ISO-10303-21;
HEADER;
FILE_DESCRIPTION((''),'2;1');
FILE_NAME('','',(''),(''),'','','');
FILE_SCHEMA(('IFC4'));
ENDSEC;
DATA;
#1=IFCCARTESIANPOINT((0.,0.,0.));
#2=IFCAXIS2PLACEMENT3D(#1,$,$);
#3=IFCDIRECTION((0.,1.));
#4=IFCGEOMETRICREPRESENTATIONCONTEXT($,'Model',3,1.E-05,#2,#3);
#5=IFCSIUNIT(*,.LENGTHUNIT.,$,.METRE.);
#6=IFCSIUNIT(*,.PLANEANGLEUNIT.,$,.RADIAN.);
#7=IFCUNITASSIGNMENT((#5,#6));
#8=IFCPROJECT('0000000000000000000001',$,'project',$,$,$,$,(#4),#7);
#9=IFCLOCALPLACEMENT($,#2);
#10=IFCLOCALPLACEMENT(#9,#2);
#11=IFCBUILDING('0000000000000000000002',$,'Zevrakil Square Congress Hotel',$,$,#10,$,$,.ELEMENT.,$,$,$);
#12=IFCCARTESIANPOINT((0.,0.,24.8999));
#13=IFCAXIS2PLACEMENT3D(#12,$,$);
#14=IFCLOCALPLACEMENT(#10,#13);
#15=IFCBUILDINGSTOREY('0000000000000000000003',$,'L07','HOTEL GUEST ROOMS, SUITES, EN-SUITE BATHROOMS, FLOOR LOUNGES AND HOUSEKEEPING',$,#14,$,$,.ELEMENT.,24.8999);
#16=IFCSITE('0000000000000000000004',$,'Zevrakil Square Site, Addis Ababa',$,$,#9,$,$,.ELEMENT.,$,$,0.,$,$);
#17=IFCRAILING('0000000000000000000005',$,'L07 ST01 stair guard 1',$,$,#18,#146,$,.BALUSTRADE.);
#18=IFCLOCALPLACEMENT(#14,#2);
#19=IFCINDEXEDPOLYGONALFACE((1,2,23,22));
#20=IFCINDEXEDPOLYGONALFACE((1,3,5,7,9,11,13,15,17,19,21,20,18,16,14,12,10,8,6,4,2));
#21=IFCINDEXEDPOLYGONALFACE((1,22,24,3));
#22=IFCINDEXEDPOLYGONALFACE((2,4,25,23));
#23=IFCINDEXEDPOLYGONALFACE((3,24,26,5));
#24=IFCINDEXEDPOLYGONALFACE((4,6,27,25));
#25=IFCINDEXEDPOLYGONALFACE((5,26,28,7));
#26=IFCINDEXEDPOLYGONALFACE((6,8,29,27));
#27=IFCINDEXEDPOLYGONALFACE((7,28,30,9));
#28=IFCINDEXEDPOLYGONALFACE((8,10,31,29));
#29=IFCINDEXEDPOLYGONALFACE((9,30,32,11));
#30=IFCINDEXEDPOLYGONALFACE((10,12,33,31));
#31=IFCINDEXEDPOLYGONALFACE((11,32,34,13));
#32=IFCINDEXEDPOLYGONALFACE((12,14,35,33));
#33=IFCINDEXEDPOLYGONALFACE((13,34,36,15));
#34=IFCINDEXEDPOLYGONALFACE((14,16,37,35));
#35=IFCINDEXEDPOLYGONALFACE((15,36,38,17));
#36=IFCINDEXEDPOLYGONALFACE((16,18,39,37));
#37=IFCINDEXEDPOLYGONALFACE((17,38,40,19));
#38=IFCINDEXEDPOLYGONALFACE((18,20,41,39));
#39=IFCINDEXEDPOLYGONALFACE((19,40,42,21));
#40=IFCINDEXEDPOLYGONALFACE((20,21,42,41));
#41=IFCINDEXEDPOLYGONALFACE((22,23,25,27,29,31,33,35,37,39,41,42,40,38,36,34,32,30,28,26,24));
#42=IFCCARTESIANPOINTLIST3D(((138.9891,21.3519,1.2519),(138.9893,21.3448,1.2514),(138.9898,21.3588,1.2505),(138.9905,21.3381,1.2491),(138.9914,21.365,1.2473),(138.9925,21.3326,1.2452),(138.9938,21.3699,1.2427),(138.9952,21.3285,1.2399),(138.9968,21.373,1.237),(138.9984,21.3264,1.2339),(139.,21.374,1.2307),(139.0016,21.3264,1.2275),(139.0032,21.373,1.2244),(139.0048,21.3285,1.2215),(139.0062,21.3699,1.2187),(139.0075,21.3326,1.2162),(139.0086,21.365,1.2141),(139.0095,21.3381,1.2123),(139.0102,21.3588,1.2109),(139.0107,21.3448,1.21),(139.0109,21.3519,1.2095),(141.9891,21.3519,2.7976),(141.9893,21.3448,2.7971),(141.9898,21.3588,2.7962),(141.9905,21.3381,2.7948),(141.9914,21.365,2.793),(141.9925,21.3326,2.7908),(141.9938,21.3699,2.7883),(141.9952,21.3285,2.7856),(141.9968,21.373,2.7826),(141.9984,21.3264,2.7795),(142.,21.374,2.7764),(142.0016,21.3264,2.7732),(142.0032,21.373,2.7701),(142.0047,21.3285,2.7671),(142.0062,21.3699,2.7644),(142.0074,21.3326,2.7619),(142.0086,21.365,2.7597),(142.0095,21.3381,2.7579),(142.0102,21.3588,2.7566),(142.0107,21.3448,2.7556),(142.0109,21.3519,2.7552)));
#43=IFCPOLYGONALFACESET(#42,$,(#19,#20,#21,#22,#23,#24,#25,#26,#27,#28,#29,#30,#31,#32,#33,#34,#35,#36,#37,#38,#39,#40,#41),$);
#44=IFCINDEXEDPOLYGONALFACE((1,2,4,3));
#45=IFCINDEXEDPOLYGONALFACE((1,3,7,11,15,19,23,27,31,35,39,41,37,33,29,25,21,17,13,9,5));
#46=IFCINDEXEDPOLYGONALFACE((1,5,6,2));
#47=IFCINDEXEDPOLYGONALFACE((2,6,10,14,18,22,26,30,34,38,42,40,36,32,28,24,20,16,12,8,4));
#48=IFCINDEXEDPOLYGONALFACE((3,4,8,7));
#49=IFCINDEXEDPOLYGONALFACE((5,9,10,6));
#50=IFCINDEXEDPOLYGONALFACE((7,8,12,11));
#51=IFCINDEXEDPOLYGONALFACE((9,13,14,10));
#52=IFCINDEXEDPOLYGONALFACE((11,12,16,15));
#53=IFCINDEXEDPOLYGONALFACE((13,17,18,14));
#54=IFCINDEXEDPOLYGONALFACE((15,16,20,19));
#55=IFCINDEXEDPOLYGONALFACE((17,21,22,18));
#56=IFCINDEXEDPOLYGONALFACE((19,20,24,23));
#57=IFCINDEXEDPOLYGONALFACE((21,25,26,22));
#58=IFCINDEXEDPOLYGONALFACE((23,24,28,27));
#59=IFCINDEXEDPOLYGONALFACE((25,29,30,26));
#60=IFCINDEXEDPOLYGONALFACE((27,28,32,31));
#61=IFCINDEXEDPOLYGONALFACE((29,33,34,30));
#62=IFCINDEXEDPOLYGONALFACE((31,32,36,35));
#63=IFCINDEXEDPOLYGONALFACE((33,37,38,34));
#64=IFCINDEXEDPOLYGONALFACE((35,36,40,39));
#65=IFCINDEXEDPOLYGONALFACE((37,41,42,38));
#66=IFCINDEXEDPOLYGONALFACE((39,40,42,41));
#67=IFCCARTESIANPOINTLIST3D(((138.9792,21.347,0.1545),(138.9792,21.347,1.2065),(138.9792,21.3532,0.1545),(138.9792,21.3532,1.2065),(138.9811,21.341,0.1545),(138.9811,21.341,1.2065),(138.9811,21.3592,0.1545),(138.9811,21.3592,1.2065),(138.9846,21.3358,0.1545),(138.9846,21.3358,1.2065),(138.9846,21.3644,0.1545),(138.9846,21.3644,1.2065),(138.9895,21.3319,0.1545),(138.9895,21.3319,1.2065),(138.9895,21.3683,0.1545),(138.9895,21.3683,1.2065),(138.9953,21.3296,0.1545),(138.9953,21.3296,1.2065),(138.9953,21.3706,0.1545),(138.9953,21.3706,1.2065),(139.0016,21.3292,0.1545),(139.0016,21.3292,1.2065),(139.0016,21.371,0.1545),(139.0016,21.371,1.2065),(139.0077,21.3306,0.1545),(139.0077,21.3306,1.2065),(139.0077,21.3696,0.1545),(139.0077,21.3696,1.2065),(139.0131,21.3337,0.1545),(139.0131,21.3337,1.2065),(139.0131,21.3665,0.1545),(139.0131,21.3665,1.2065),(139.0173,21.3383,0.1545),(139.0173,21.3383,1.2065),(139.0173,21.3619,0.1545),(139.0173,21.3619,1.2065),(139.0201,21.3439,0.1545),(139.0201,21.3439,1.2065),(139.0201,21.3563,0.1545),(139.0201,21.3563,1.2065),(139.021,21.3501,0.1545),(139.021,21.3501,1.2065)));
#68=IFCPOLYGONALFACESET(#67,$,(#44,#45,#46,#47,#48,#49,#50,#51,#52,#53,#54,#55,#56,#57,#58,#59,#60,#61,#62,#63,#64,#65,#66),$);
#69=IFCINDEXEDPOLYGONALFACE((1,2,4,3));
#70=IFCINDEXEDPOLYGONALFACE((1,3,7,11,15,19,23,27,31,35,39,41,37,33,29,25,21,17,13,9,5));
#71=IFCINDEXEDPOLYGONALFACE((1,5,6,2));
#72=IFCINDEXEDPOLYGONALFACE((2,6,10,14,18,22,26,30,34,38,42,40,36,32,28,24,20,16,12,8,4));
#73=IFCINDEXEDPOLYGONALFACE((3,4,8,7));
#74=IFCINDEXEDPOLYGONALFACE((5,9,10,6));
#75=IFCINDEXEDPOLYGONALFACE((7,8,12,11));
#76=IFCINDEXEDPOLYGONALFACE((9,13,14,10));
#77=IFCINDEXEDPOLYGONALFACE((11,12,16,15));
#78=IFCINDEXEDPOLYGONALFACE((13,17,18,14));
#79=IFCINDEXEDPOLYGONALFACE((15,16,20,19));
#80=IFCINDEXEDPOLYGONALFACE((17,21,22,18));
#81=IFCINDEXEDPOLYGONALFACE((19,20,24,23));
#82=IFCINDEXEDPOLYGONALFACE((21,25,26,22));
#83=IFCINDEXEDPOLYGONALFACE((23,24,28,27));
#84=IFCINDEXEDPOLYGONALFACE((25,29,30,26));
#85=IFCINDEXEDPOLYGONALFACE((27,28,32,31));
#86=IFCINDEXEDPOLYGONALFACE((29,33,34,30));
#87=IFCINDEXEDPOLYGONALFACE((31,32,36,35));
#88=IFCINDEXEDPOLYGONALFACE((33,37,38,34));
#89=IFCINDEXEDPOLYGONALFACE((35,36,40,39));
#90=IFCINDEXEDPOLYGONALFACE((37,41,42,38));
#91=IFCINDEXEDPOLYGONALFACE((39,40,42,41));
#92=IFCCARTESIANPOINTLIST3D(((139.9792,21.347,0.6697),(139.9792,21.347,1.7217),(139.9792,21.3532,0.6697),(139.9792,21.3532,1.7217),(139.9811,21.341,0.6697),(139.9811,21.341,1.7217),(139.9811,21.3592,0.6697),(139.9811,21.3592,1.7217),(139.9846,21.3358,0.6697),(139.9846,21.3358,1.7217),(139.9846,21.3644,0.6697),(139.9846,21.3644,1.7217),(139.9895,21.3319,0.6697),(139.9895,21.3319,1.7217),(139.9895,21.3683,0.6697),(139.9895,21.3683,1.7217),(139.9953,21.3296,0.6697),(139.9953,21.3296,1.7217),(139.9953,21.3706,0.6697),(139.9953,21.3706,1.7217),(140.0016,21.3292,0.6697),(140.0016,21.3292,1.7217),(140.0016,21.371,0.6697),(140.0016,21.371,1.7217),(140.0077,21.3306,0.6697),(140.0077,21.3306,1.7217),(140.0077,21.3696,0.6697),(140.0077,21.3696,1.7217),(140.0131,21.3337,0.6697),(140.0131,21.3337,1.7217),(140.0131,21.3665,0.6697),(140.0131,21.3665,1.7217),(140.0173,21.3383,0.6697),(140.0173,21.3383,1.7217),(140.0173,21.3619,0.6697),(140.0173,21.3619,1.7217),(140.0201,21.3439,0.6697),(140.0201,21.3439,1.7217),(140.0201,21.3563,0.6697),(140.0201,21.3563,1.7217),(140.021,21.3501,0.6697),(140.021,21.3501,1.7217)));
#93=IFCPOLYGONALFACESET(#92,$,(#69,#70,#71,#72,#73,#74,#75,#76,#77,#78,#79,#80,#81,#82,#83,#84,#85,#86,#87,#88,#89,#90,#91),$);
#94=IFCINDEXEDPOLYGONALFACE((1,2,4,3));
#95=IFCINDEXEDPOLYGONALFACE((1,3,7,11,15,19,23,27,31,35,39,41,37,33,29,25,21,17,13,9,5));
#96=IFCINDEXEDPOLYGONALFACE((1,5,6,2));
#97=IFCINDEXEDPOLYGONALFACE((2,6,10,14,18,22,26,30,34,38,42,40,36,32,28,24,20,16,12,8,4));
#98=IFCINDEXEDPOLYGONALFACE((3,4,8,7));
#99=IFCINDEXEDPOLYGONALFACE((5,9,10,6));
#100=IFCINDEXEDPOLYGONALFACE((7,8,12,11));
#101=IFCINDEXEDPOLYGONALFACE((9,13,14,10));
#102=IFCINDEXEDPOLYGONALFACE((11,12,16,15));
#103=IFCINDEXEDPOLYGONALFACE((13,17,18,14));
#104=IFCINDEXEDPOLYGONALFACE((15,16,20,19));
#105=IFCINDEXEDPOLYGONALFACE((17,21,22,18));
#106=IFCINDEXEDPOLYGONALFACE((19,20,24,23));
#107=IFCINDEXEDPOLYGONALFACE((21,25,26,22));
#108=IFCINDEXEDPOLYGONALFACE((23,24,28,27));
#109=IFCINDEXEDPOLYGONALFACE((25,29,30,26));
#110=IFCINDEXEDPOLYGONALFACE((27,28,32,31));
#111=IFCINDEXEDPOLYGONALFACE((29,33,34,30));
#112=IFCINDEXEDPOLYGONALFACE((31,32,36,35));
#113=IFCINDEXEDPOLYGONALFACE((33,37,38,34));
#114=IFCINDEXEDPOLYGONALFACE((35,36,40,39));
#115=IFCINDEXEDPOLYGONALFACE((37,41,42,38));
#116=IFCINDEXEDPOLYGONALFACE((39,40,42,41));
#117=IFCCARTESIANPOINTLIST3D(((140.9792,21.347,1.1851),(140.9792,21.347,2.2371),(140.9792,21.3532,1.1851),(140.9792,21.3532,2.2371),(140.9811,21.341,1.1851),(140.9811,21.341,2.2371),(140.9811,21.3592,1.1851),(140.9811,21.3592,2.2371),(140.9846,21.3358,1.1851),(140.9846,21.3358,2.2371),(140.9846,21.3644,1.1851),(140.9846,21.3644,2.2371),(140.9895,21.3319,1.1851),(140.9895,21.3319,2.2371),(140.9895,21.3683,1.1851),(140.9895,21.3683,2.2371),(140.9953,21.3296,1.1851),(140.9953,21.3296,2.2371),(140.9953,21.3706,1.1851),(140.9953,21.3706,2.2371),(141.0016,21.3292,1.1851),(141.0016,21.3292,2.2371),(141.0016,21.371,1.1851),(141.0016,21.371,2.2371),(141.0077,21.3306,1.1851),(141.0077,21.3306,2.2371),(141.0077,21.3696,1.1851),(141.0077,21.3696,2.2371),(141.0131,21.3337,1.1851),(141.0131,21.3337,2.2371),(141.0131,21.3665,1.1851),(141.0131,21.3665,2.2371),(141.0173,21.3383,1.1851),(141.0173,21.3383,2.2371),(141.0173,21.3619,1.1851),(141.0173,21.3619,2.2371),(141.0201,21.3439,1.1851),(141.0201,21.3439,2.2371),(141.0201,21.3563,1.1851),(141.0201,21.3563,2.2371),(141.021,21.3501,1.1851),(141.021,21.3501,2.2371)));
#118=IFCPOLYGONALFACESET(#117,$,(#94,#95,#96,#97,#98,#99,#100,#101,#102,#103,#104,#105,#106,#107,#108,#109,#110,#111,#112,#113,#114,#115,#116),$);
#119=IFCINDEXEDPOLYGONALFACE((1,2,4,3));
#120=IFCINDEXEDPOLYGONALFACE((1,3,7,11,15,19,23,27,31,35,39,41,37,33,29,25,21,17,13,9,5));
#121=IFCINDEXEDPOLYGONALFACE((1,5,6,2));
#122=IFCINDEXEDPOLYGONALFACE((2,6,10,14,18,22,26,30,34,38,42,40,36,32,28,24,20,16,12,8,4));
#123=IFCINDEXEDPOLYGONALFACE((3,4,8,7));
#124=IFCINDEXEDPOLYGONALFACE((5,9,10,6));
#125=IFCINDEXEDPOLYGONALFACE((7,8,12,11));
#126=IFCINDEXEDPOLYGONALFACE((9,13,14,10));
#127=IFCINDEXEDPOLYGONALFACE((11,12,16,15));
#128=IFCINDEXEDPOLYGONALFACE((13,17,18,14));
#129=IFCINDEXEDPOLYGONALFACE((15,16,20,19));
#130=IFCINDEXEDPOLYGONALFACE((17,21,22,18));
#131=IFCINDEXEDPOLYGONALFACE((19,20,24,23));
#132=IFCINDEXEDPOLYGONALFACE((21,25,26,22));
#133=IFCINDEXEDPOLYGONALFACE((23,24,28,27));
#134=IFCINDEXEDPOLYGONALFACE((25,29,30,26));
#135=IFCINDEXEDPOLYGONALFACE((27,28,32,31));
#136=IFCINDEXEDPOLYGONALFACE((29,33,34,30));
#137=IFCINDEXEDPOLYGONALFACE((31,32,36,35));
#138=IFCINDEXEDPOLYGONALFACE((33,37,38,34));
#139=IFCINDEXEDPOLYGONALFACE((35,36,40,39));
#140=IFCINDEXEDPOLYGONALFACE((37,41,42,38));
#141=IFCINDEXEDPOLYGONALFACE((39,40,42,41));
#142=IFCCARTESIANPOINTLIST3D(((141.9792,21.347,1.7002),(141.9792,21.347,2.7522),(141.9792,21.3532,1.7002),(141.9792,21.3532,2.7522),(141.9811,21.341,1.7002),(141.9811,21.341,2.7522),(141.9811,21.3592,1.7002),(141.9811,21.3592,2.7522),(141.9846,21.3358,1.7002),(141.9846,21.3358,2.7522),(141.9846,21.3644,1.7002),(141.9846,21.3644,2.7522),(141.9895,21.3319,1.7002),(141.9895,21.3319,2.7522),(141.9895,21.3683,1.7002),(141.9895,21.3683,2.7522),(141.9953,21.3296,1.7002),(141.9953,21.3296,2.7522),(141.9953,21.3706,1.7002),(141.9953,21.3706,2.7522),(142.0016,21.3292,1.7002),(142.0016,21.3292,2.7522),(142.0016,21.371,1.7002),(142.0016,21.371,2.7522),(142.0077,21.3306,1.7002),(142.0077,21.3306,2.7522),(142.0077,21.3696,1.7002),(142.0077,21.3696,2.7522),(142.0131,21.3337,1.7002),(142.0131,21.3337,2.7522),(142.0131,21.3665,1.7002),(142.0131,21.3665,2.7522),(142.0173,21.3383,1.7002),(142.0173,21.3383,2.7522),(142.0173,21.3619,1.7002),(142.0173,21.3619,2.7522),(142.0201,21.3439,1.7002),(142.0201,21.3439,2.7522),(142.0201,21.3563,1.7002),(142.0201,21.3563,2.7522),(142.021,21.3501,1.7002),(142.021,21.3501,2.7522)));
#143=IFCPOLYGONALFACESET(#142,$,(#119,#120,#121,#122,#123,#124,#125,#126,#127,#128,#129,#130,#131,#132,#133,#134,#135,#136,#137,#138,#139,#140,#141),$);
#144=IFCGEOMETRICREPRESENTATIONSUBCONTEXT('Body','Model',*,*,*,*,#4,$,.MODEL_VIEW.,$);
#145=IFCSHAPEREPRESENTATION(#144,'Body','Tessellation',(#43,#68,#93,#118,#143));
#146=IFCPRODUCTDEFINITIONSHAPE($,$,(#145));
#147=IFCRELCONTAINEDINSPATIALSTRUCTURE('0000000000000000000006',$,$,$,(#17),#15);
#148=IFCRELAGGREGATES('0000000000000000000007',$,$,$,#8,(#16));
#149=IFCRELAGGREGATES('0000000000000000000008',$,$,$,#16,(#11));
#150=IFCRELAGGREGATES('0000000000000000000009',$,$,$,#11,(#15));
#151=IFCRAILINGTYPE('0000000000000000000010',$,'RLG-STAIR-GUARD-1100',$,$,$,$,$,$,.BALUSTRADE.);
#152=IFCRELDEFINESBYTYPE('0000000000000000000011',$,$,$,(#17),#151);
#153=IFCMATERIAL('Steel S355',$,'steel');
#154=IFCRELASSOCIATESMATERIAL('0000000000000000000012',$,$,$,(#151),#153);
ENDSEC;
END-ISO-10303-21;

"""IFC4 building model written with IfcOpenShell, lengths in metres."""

from ifc_helpers import new_model, si_unit, direction, frame, origin, origin_2d, place, context, subcontext, project, spatial, circle, extrude, material, type_object, element, save


model = new_model("IFC4")

# Units and contexts
model_context = context("Model", 3, precision=1e-05, world=origin(), true_north=direction((0.0, 1.0)))
body_context = subcontext(model_context, "Body", "Model", "MODEL_VIEW")
ifc_project = project(units=[si_unit("LENGTHUNIT", "METRE"), si_unit("PLANEANGLEUNIT", "RADIAN")], contexts=[model_context])

# Site, building, storey
site_placement = place(None, origin())
site = spatial("IfcSite", under=ifc_project, at=site_placement, Name="Zevrakil Square Site, Addis Ababa", CompositionType="ELEMENT", RefElevation=0.0)
building_placement = place(site_placement, origin())
building = spatial("IfcBuilding", under=site, at=building_placement, Name="Zevrakil Square Congress Hotel", CompositionType="ELEMENT")
storey_placement = place(building_placement, frame((0.0, 0.0, 24.8999)))
storey = spatial("IfcBuildingStorey", under=building, at=storey_placement, Name="L07", Description="HOTEL GUEST ROOMS, SUITES, EN-SUITE BATHROOMS, FLOOR LOUNGES AND HOUSEKEEPING", CompositionType="ELEMENT", Elevation=24.8999)

# Railing
ifc_material_1 = material(Name="Steel S355", Category="steel")
railing_type_1 = type_object("IfcRailingType", Name="RLG-STAIR-GUARD-1100", PredefinedType="BALUSTRADE", material=ifc_material_1)
railing_1_placement = place(storey_placement, frame((139.0, 21.3501, 0.1545)))
element("IfcRailing", 1, at=railing_1_placement, inside=storey, type_object=railing_type_1, Name="L07 ST01 stair guard 1", PredefinedType="BALUSTRADE", context=body_context, shape_type="SweptSolid", body=[
    extrude(circle(Radius=0.0239, at=origin_2d()), frame((0.0, 0.0, 1.0762), z_axis=(0.88895, 0.0, 0.458003), x_axis=(0.0, 1.0, 0.0)), (0.0, 0.0, 1.0), 3.3748),
    extrude(circle(Radius=0.021, at=origin_2d()), origin(), (0.0, 0.0, 1.0), 1.052),
    extrude(circle(Radius=0.021, at=origin_2d()), frame((1.0, 0.0, 0.5151)), (0.0, 0.0, 1.0), 1.052),
    extrude(circle(Radius=0.021, at=origin_2d()), frame((2.0, 0.0, 1.0305)), (0.0, 0.0, 1.0), 1.052),
    extrude(circle(Radius=0.021, at=origin_2d()), frame((3.0, 0.0, 1.5457)), (0.0, 0.0, 1.0), 1.052),
])

save(model, "model.ifc")
